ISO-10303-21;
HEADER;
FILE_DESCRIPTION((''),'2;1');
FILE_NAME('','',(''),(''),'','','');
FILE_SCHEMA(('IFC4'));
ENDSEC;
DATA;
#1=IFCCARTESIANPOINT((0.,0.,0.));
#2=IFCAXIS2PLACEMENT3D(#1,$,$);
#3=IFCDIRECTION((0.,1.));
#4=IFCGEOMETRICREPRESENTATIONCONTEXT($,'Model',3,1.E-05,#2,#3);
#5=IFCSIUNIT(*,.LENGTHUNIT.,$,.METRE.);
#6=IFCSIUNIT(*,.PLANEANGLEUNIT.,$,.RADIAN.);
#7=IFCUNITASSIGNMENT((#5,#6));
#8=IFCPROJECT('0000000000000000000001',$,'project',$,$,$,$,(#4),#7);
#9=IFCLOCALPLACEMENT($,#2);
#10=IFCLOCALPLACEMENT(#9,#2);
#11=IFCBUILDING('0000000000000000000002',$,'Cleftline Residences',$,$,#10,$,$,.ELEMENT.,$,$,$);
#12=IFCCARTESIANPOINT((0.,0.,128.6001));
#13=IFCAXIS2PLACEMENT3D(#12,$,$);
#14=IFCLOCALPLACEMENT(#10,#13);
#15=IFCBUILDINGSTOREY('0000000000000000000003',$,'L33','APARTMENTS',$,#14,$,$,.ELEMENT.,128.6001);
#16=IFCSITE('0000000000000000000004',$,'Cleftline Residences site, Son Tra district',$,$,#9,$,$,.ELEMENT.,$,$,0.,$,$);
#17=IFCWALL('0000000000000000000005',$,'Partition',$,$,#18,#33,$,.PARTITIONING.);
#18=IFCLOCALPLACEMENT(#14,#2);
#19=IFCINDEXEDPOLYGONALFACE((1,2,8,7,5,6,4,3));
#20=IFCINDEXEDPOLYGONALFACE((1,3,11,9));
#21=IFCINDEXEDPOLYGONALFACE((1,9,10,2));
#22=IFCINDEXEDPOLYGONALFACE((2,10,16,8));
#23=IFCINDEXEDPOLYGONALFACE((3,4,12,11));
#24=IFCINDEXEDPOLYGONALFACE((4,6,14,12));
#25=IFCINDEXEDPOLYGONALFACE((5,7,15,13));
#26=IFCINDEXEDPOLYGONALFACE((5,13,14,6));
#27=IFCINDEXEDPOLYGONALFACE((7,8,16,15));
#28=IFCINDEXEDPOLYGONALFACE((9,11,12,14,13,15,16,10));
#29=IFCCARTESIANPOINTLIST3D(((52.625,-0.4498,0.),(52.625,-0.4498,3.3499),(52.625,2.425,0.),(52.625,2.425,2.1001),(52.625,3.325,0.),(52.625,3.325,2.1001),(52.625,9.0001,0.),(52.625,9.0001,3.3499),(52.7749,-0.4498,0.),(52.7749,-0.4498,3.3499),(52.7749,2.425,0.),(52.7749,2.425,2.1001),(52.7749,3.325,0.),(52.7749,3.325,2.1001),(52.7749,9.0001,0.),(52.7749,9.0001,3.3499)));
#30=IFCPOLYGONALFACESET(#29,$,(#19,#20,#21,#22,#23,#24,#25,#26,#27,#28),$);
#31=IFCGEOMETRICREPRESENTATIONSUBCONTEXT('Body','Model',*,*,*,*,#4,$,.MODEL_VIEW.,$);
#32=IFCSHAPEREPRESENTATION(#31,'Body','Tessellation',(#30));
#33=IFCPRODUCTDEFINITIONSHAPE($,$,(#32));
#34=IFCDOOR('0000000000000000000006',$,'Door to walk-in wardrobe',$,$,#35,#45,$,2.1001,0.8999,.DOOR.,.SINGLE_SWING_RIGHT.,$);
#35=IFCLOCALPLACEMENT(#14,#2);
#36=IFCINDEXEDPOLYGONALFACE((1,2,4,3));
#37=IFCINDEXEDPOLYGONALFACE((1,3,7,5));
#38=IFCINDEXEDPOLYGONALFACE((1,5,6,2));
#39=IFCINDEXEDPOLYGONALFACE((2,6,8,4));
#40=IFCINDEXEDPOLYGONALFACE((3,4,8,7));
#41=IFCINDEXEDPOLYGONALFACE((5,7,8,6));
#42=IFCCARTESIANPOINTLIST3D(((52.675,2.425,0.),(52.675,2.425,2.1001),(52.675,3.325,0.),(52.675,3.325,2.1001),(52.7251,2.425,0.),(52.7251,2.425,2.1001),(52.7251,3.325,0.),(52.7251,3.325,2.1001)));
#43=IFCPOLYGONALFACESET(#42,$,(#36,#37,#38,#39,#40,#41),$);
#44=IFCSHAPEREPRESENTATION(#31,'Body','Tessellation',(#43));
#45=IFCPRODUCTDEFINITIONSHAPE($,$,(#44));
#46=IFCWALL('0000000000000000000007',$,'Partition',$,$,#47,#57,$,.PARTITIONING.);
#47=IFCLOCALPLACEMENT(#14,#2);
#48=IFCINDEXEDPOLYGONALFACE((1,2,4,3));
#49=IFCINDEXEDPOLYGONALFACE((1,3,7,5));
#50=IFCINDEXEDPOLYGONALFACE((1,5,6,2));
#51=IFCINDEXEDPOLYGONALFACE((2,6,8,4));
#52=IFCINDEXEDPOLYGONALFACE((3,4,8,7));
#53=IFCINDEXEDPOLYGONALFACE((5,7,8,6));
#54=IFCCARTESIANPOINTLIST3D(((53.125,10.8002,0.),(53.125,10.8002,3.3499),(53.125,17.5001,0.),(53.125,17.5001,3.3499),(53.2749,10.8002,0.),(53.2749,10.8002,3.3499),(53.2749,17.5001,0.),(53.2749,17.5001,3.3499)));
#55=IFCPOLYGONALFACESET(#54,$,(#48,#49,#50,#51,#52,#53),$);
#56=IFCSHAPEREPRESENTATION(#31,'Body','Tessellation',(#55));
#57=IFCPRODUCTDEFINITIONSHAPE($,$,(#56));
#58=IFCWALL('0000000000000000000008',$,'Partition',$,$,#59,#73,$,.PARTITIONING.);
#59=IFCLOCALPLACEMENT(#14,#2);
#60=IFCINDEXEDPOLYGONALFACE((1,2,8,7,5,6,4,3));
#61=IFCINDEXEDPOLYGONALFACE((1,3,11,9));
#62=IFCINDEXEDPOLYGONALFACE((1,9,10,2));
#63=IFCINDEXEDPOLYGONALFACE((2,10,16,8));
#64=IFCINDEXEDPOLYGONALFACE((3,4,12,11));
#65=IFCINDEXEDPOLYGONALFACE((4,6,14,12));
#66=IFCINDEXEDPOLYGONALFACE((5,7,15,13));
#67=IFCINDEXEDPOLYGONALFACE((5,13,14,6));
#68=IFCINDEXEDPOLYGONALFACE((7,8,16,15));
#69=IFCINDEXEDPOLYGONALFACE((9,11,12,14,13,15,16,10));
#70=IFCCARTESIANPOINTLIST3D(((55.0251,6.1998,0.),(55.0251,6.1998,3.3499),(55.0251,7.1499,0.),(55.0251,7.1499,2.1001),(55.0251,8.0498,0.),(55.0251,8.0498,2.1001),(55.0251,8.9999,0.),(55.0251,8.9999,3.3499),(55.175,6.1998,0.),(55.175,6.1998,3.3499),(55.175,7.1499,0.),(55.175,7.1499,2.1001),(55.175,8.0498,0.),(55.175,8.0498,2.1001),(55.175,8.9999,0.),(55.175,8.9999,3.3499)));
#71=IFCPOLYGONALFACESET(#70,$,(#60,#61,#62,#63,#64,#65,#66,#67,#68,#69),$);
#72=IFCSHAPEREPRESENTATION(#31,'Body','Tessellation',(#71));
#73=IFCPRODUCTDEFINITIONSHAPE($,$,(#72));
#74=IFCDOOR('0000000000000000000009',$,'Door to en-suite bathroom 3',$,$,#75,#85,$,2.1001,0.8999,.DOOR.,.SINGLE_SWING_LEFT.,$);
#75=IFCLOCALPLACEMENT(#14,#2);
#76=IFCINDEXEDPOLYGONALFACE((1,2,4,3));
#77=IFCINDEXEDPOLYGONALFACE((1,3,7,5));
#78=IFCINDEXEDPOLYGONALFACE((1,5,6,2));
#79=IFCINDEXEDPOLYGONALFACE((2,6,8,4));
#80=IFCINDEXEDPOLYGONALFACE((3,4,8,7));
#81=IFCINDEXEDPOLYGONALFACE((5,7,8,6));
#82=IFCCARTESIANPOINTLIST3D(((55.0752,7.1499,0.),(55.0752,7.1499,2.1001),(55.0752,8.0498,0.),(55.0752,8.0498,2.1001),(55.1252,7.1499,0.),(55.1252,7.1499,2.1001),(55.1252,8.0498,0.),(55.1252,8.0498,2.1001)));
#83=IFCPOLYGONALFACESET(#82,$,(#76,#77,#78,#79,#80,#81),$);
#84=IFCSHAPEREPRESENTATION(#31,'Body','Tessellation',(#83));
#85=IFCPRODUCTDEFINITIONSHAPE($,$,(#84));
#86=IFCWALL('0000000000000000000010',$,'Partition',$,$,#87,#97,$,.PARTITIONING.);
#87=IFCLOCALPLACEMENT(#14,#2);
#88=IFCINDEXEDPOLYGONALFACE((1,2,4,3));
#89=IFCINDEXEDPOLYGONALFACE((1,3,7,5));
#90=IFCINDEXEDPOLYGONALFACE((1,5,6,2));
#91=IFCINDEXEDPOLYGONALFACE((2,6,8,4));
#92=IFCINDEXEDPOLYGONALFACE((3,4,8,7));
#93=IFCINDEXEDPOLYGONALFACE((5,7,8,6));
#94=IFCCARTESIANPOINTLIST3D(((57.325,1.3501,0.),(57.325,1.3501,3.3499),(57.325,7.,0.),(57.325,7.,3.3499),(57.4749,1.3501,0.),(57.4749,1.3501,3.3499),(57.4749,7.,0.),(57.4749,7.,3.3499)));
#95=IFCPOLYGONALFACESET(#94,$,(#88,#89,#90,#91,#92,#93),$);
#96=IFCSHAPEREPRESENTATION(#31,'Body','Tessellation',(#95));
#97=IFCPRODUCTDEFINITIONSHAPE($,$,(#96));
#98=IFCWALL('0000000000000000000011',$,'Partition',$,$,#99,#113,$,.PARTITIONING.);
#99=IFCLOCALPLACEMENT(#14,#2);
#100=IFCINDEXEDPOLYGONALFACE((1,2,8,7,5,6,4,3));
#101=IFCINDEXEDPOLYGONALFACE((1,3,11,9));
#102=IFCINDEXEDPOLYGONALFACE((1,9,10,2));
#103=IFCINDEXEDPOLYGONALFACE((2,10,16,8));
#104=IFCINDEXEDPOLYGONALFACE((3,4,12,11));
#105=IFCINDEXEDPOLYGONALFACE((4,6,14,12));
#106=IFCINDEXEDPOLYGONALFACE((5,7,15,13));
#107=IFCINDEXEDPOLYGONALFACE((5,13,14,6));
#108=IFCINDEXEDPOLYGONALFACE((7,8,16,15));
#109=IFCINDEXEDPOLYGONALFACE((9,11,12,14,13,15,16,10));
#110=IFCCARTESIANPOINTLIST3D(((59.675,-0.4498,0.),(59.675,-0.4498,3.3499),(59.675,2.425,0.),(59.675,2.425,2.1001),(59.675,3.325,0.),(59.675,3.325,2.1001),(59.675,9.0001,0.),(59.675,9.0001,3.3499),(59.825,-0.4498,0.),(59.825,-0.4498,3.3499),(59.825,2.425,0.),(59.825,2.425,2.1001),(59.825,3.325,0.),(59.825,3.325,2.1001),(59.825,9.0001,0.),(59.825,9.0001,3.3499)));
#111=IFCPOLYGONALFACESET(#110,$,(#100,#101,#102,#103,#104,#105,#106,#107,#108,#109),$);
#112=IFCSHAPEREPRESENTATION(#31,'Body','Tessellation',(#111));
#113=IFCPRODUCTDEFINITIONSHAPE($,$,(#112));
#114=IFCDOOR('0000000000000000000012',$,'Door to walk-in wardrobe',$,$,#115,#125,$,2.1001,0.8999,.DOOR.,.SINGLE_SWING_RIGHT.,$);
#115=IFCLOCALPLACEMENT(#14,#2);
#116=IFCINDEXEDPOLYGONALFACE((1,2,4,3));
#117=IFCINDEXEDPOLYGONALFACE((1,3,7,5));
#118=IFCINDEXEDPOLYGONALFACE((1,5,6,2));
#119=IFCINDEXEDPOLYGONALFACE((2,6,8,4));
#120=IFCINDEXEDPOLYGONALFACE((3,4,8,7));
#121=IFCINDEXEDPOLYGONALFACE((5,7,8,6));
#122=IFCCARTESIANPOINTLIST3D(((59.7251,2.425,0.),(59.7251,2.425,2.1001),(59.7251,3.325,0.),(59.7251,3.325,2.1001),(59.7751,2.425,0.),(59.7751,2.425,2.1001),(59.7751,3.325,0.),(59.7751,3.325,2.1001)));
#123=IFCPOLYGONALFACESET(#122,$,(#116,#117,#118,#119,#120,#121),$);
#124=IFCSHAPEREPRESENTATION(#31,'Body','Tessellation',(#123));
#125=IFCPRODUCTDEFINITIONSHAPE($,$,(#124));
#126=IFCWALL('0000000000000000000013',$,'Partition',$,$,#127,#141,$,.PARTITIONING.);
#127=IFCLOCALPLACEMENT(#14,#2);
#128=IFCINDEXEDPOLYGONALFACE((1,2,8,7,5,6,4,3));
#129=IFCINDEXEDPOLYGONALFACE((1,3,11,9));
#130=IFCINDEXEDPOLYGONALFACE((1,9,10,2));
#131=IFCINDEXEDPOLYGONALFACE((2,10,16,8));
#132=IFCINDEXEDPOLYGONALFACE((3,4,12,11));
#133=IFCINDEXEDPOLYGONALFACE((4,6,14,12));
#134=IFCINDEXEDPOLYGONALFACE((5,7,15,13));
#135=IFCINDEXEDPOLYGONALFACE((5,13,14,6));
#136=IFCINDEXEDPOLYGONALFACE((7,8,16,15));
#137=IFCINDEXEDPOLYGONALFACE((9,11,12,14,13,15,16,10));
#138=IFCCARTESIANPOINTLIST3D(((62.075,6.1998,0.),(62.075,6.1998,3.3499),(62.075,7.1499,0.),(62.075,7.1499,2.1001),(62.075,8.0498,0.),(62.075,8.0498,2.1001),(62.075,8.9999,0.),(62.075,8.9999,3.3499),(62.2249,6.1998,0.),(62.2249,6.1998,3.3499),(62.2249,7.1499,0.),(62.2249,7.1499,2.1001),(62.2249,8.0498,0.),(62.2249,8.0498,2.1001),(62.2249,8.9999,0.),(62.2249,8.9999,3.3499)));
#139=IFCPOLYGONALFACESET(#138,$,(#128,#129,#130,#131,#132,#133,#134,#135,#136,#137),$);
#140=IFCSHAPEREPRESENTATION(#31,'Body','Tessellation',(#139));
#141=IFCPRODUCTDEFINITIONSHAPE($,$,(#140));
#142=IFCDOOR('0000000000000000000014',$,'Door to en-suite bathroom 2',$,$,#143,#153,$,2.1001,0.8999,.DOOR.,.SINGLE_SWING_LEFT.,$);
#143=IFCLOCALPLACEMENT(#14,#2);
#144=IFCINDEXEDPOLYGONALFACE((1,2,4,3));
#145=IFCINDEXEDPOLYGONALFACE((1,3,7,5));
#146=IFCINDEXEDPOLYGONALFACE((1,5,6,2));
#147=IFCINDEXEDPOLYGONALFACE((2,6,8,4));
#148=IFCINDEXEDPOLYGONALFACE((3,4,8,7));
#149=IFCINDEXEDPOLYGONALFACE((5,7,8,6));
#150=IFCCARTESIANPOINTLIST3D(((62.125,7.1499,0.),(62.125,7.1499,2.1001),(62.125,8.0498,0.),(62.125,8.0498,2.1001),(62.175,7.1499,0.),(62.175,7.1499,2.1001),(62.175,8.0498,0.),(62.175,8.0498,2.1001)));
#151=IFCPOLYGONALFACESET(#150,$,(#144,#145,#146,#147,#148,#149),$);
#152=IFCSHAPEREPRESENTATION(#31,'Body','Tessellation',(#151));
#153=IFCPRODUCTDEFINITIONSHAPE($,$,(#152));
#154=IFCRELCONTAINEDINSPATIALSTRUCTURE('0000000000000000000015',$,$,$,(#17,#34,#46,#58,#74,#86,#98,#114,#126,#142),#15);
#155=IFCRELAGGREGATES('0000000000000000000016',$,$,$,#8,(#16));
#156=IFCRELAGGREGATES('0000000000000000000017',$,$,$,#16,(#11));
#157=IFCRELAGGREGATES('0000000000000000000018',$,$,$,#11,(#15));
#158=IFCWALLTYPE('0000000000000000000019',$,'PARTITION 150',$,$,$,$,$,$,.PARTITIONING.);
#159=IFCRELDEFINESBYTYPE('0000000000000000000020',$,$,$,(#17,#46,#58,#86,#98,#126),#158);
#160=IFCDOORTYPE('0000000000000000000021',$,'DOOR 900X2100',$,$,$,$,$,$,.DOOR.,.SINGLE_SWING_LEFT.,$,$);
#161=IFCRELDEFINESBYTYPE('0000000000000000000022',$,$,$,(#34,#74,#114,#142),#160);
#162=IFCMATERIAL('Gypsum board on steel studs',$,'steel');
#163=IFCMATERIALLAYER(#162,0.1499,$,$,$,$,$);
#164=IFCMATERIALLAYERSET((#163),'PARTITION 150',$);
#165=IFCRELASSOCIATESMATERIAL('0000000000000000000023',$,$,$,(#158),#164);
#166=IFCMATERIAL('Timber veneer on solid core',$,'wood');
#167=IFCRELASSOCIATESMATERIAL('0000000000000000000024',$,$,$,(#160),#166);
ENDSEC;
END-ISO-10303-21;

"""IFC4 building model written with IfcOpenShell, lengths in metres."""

from ifc_helpers import new_model, si_unit, direction, frame, frame_2d, origin, place, context, subcontext, project, spatial, rectangle, extrude, material, layer, layer_set, type_object, element, fill, save


model = new_model("IFC4")

# Units and contexts
model_context = context("Model", 3, precision=1e-05, world=origin(), true_north=direction((0.0, 1.0)))
body_context = subcontext(model_context, "Body", "Model", "MODEL_VIEW")
ifc_project = project(units=[si_unit("LENGTHUNIT", "METRE"), si_unit("PLANEANGLEUNIT", "RADIAN")], contexts=[model_context])

# Site, building, storey
site_placement = place(None, origin())
site = spatial("IfcSite", under=ifc_project, at=site_placement, Name="Cleftline Residences site, Son Tra district", CompositionType="ELEMENT", RefElevation=0.0)
building_placement = place(site_placement, origin())
building = spatial("IfcBuilding", under=site, at=building_placement, Name="Cleftline Residences", CompositionType="ELEMENT")
storey_placement = place(building_placement, frame((0.0, 0.0, 128.6001)))
storey = spatial("IfcBuildingStorey", under=building, at=storey_placement, Name="L33", Description="APARTMENTS", CompositionType="ELEMENT", Elevation=128.6001)

# Shared definitions
ifc_material_1 = material(Name="Gypsum board on steel studs", Category="steel")
ifc_layer_1 = layer(ifc_material_1, 0.1499)
ifc_layer_set_1 = layer_set([ifc_layer_1], Name="PARTITION 150")
wall_type_1 = type_object("IfcWallType", Name="PARTITION 150", PredefinedType="PARTITIONING", material=ifc_layer_set_1)

# Wall, opening, door
wall_1_placement = place(storey_placement, frame((52.7, -0.45, 0.0), z_axis=(0.0, 0.0, 1.0), x_axis=(0.0, 1.0, 0.0)))
wall_1 = element("IfcWall", 1, at=wall_1_placement, inside=storey, type_object=wall_type_1, Name="Partition", PredefinedType="PARTITIONING", context=body_context, shape_type="SweptSolid", body=[
    extrude(rectangle(XDim=9.45, YDim=0.1499, at=frame_2d((4.7251, 0.0))), origin(), (0.0, 0.0, 1.0), 3.3499),
])
opening_1_placement = place(wall_1_placement, frame((2.875, 0.0, 0.0)))
opening_1 = element("IfcOpeningElement", 2, at=opening_1_placement, cuts=wall_1, PredefinedType="OPENING", context=body_context, shape_type="SweptSolid", body=[
    extrude(rectangle(XDim=0.8999, YDim=2.1001, at=frame_2d((0.45, 1.05))), frame((0.0, 0.085, 0.0), z_axis=(0.0, -1.0, 0.0), x_axis=(1.0, 0.0, 0.0)), (0.0, 0.0, 1.0), 0.1699),
])
ifc_material_2 = material(Name="Timber veneer on solid core", Category="wood")
door_type_1 = type_object("IfcDoorType", Name="DOOR 900X2100", OperationType="SINGLE_SWING_LEFT", PredefinedType="DOOR", material=ifc_material_2)
door_1_placement = place(opening_1_placement, origin())
door_1 = element("IfcDoor", 3, at=door_1_placement, inside=storey, type_object=door_type_1, Name="Door to walk-in wardrobe", OperationType="SINGLE_SWING_RIGHT", OverallHeight=2.1001, OverallWidth=0.8999, PredefinedType="DOOR", context=body_context, shape_type="SweptSolid", body=[
    extrude(rectangle(XDim=0.8999, YDim=2.1001, at=frame_2d((0.45, 1.05))), frame((0.0, 0.0249, 0.0), z_axis=(0.0, -1.0, 0.0), x_axis=(1.0, 0.0, 0.0)), (0.0, 0.0, 1.0), 0.05),
])
fill(opening_1, door_1)

# Wall
wall_2_placement = place(storey_placement, frame((53.2, 10.8, 0.0), z_axis=(0.0, 0.0, 1.0), x_axis=(0.0, 1.0, 0.0)))
element("IfcWall", 4, at=wall_2_placement, inside=storey, type_object=wall_type_1, Name="Partition", PredefinedType="PARTITIONING", context=body_context, shape_type="SweptSolid", body=[
    extrude(rectangle(XDim=6.7, YDim=0.1499, at=frame_2d((3.3501, 0.0))), origin(), (0.0, 0.0, 1.0), 3.3499),
])

# Wall, opening, door
wall_3_placement = place(storey_placement, frame((55.1001, 6.2, 0.0), z_axis=(0.0, 0.0, 1.0), x_axis=(0.0, 1.0, 0.0)))
wall_3 = element("IfcWall", 5, at=wall_3_placement, inside=storey, type_object=wall_type_1, Name="Partition", PredefinedType="PARTITIONING", context=body_context, shape_type="SweptSolid", body=[
    extrude(rectangle(XDim=2.8, YDim=0.1499, at=frame_2d((1.3999, 0.0))), origin(), (0.0, 0.0, 1.0), 3.3499),
])
opening_2_placement = place(wall_3_placement, frame((0.95, 0.0, 0.0)))
opening_2 = element("IfcOpeningElement", 6, at=opening_2_placement, cuts=wall_3, PredefinedType="OPENING", context=body_context, shape_type="SweptSolid", body=[
    extrude(rectangle(XDim=0.8999, YDim=2.1001, at=frame_2d((0.45, 1.05))), frame((0.0, 0.085, 0.0), z_axis=(0.0, -1.0, 0.0), x_axis=(1.0, 0.0, 0.0)), (0.0, 0.0, 1.0), 0.1699),
])
door_2_placement = place(opening_2_placement, origin())
door_2 = element("IfcDoor", 7, at=door_2_placement, inside=storey, type_object=door_type_1, Name="Door to en-suite bathroom 3", OperationType="SINGLE_SWING_LEFT", OverallHeight=2.1001, OverallWidth=0.8999, PredefinedType="DOOR", context=body_context, shape_type="SweptSolid", body=[
    extrude(rectangle(XDim=0.8999, YDim=2.1001, at=frame_2d((0.45, 1.05))), frame((0.0, 0.0249, 0.0), z_axis=(0.0, -1.0, 0.0), x_axis=(1.0, 0.0, 0.0)), (0.0, 0.0, 1.0), 0.05),
])
fill(opening_2, door_2)

# Wall
wall_4_placement = place(storey_placement, frame((57.3999, 1.3501, 0.0), z_axis=(0.0, 0.0, 1.0), x_axis=(0.0, 1.0, 0.0)))
element("IfcWall", 8, at=wall_4_placement, inside=storey, type_object=wall_type_1, Name="Partition", PredefinedType="PARTITIONING", context=body_context, shape_type="SweptSolid", body=[
    extrude(rectangle(XDim=5.6499, YDim=0.1499, at=frame_2d((2.825, 0.0))), origin(), (0.0, 0.0, 1.0), 3.3499),
])

# Walls, openings, doors
wall_5_placement = place(storey_placement, frame((59.75, -0.45, 0.0), z_axis=(0.0, 0.0, 1.0), x_axis=(0.0, 1.0, 0.0)))
wall_5 = element("IfcWall", 9, at=wall_5_placement, inside=storey, type_object=wall_type_1, Name="Partition", PredefinedType="PARTITIONING", context=body_context, shape_type="SweptSolid", body=[
    extrude(rectangle(XDim=9.45, YDim=0.1499, at=frame_2d((4.7251, 0.0))), origin(), (0.0, 0.0, 1.0), 3.3499),
])
opening_3_placement = place(wall_5_placement, frame((2.875, 0.0, 0.0)))
opening_3 = element("IfcOpeningElement", 10, at=opening_3_placement, cuts=wall_5, PredefinedType="OPENING", context=body_context, shape_type="SweptSolid", body=[
    extrude(rectangle(XDim=0.8999, YDim=2.1001, at=frame_2d((0.45, 1.05))), frame((0.0, 0.085, 0.0), z_axis=(0.0, -1.0, 0.0), x_axis=(1.0, 0.0, 0.0)), (0.0, 0.0, 1.0), 0.1699),
])
door_3_placement = place(opening_3_placement, origin())
door_3 = element("IfcDoor", 11, at=door_3_placement, inside=storey, type_object=door_type_1, Name="Door to walk-in wardrobe", OperationType="SINGLE_SWING_RIGHT", OverallHeight=2.1001, OverallWidth=0.8999, PredefinedType="DOOR", context=body_context, shape_type="SweptSolid", body=[
    extrude(rectangle(XDim=0.8999, YDim=2.1001, at=frame_2d((0.45, 1.05))), frame((0.0, 0.0249, 0.0), z_axis=(0.0, -1.0, 0.0), x_axis=(1.0, 0.0, 0.0)), (0.0, 0.0, 1.0), 0.05),
])
fill(opening_3, door_3)
wall_6_placement = place(storey_placement, frame((62.1499, 6.2, 0.0), z_axis=(0.0, 0.0, 1.0), x_axis=(0.0, 1.0, 0.0)))
wall_6 = element("IfcWall", 12, at=wall_6_placement, inside=storey, type_object=wall_type_1, Name="Partition", PredefinedType="PARTITIONING", context=body_context, shape_type="SweptSolid", body=[
    extrude(rectangle(XDim=2.8, YDim=0.1499, at=frame_2d((1.3999, 0.0))), origin(), (0.0, 0.0, 1.0), 3.3499),
])
opening_4_placement = place(wall_6_placement, frame((0.95, 0.0, 0.0)))
opening_4 = element("IfcOpeningElement", 13, at=opening_4_placement, cuts=wall_6, PredefinedType="OPENING", context=body_context, shape_type="SweptSolid", body=[
    extrude(rectangle(XDim=0.8999, YDim=2.1001, at=frame_2d((0.45, 1.05))), frame((0.0, 0.085, 0.0), z_axis=(0.0, -1.0, 0.0), x_axis=(1.0, 0.0, 0.0)), (0.0, 0.0, 1.0), 0.1699),
])
door_4_placement = place(opening_4_placement, origin())
door_4 = element("IfcDoor", 14, at=door_4_placement, inside=storey, type_object=door_type_1, Name="Door to en-suite bathroom 2", OperationType="SINGLE_SWING_LEFT", OverallHeight=2.1001, OverallWidth=0.8999, PredefinedType="DOOR", context=body_context, shape_type="SweptSolid", body=[
    extrude(rectangle(XDim=0.8999, YDim=2.1001, at=frame_2d((0.45, 1.05))), frame((0.0, 0.0249, 0.0), z_axis=(0.0, -1.0, 0.0), x_axis=(1.0, 0.0, 0.0)), (0.0, 0.0, 1.0), 0.05),
])
fill(opening_4, door_4)

save(model, "model.ifc")
